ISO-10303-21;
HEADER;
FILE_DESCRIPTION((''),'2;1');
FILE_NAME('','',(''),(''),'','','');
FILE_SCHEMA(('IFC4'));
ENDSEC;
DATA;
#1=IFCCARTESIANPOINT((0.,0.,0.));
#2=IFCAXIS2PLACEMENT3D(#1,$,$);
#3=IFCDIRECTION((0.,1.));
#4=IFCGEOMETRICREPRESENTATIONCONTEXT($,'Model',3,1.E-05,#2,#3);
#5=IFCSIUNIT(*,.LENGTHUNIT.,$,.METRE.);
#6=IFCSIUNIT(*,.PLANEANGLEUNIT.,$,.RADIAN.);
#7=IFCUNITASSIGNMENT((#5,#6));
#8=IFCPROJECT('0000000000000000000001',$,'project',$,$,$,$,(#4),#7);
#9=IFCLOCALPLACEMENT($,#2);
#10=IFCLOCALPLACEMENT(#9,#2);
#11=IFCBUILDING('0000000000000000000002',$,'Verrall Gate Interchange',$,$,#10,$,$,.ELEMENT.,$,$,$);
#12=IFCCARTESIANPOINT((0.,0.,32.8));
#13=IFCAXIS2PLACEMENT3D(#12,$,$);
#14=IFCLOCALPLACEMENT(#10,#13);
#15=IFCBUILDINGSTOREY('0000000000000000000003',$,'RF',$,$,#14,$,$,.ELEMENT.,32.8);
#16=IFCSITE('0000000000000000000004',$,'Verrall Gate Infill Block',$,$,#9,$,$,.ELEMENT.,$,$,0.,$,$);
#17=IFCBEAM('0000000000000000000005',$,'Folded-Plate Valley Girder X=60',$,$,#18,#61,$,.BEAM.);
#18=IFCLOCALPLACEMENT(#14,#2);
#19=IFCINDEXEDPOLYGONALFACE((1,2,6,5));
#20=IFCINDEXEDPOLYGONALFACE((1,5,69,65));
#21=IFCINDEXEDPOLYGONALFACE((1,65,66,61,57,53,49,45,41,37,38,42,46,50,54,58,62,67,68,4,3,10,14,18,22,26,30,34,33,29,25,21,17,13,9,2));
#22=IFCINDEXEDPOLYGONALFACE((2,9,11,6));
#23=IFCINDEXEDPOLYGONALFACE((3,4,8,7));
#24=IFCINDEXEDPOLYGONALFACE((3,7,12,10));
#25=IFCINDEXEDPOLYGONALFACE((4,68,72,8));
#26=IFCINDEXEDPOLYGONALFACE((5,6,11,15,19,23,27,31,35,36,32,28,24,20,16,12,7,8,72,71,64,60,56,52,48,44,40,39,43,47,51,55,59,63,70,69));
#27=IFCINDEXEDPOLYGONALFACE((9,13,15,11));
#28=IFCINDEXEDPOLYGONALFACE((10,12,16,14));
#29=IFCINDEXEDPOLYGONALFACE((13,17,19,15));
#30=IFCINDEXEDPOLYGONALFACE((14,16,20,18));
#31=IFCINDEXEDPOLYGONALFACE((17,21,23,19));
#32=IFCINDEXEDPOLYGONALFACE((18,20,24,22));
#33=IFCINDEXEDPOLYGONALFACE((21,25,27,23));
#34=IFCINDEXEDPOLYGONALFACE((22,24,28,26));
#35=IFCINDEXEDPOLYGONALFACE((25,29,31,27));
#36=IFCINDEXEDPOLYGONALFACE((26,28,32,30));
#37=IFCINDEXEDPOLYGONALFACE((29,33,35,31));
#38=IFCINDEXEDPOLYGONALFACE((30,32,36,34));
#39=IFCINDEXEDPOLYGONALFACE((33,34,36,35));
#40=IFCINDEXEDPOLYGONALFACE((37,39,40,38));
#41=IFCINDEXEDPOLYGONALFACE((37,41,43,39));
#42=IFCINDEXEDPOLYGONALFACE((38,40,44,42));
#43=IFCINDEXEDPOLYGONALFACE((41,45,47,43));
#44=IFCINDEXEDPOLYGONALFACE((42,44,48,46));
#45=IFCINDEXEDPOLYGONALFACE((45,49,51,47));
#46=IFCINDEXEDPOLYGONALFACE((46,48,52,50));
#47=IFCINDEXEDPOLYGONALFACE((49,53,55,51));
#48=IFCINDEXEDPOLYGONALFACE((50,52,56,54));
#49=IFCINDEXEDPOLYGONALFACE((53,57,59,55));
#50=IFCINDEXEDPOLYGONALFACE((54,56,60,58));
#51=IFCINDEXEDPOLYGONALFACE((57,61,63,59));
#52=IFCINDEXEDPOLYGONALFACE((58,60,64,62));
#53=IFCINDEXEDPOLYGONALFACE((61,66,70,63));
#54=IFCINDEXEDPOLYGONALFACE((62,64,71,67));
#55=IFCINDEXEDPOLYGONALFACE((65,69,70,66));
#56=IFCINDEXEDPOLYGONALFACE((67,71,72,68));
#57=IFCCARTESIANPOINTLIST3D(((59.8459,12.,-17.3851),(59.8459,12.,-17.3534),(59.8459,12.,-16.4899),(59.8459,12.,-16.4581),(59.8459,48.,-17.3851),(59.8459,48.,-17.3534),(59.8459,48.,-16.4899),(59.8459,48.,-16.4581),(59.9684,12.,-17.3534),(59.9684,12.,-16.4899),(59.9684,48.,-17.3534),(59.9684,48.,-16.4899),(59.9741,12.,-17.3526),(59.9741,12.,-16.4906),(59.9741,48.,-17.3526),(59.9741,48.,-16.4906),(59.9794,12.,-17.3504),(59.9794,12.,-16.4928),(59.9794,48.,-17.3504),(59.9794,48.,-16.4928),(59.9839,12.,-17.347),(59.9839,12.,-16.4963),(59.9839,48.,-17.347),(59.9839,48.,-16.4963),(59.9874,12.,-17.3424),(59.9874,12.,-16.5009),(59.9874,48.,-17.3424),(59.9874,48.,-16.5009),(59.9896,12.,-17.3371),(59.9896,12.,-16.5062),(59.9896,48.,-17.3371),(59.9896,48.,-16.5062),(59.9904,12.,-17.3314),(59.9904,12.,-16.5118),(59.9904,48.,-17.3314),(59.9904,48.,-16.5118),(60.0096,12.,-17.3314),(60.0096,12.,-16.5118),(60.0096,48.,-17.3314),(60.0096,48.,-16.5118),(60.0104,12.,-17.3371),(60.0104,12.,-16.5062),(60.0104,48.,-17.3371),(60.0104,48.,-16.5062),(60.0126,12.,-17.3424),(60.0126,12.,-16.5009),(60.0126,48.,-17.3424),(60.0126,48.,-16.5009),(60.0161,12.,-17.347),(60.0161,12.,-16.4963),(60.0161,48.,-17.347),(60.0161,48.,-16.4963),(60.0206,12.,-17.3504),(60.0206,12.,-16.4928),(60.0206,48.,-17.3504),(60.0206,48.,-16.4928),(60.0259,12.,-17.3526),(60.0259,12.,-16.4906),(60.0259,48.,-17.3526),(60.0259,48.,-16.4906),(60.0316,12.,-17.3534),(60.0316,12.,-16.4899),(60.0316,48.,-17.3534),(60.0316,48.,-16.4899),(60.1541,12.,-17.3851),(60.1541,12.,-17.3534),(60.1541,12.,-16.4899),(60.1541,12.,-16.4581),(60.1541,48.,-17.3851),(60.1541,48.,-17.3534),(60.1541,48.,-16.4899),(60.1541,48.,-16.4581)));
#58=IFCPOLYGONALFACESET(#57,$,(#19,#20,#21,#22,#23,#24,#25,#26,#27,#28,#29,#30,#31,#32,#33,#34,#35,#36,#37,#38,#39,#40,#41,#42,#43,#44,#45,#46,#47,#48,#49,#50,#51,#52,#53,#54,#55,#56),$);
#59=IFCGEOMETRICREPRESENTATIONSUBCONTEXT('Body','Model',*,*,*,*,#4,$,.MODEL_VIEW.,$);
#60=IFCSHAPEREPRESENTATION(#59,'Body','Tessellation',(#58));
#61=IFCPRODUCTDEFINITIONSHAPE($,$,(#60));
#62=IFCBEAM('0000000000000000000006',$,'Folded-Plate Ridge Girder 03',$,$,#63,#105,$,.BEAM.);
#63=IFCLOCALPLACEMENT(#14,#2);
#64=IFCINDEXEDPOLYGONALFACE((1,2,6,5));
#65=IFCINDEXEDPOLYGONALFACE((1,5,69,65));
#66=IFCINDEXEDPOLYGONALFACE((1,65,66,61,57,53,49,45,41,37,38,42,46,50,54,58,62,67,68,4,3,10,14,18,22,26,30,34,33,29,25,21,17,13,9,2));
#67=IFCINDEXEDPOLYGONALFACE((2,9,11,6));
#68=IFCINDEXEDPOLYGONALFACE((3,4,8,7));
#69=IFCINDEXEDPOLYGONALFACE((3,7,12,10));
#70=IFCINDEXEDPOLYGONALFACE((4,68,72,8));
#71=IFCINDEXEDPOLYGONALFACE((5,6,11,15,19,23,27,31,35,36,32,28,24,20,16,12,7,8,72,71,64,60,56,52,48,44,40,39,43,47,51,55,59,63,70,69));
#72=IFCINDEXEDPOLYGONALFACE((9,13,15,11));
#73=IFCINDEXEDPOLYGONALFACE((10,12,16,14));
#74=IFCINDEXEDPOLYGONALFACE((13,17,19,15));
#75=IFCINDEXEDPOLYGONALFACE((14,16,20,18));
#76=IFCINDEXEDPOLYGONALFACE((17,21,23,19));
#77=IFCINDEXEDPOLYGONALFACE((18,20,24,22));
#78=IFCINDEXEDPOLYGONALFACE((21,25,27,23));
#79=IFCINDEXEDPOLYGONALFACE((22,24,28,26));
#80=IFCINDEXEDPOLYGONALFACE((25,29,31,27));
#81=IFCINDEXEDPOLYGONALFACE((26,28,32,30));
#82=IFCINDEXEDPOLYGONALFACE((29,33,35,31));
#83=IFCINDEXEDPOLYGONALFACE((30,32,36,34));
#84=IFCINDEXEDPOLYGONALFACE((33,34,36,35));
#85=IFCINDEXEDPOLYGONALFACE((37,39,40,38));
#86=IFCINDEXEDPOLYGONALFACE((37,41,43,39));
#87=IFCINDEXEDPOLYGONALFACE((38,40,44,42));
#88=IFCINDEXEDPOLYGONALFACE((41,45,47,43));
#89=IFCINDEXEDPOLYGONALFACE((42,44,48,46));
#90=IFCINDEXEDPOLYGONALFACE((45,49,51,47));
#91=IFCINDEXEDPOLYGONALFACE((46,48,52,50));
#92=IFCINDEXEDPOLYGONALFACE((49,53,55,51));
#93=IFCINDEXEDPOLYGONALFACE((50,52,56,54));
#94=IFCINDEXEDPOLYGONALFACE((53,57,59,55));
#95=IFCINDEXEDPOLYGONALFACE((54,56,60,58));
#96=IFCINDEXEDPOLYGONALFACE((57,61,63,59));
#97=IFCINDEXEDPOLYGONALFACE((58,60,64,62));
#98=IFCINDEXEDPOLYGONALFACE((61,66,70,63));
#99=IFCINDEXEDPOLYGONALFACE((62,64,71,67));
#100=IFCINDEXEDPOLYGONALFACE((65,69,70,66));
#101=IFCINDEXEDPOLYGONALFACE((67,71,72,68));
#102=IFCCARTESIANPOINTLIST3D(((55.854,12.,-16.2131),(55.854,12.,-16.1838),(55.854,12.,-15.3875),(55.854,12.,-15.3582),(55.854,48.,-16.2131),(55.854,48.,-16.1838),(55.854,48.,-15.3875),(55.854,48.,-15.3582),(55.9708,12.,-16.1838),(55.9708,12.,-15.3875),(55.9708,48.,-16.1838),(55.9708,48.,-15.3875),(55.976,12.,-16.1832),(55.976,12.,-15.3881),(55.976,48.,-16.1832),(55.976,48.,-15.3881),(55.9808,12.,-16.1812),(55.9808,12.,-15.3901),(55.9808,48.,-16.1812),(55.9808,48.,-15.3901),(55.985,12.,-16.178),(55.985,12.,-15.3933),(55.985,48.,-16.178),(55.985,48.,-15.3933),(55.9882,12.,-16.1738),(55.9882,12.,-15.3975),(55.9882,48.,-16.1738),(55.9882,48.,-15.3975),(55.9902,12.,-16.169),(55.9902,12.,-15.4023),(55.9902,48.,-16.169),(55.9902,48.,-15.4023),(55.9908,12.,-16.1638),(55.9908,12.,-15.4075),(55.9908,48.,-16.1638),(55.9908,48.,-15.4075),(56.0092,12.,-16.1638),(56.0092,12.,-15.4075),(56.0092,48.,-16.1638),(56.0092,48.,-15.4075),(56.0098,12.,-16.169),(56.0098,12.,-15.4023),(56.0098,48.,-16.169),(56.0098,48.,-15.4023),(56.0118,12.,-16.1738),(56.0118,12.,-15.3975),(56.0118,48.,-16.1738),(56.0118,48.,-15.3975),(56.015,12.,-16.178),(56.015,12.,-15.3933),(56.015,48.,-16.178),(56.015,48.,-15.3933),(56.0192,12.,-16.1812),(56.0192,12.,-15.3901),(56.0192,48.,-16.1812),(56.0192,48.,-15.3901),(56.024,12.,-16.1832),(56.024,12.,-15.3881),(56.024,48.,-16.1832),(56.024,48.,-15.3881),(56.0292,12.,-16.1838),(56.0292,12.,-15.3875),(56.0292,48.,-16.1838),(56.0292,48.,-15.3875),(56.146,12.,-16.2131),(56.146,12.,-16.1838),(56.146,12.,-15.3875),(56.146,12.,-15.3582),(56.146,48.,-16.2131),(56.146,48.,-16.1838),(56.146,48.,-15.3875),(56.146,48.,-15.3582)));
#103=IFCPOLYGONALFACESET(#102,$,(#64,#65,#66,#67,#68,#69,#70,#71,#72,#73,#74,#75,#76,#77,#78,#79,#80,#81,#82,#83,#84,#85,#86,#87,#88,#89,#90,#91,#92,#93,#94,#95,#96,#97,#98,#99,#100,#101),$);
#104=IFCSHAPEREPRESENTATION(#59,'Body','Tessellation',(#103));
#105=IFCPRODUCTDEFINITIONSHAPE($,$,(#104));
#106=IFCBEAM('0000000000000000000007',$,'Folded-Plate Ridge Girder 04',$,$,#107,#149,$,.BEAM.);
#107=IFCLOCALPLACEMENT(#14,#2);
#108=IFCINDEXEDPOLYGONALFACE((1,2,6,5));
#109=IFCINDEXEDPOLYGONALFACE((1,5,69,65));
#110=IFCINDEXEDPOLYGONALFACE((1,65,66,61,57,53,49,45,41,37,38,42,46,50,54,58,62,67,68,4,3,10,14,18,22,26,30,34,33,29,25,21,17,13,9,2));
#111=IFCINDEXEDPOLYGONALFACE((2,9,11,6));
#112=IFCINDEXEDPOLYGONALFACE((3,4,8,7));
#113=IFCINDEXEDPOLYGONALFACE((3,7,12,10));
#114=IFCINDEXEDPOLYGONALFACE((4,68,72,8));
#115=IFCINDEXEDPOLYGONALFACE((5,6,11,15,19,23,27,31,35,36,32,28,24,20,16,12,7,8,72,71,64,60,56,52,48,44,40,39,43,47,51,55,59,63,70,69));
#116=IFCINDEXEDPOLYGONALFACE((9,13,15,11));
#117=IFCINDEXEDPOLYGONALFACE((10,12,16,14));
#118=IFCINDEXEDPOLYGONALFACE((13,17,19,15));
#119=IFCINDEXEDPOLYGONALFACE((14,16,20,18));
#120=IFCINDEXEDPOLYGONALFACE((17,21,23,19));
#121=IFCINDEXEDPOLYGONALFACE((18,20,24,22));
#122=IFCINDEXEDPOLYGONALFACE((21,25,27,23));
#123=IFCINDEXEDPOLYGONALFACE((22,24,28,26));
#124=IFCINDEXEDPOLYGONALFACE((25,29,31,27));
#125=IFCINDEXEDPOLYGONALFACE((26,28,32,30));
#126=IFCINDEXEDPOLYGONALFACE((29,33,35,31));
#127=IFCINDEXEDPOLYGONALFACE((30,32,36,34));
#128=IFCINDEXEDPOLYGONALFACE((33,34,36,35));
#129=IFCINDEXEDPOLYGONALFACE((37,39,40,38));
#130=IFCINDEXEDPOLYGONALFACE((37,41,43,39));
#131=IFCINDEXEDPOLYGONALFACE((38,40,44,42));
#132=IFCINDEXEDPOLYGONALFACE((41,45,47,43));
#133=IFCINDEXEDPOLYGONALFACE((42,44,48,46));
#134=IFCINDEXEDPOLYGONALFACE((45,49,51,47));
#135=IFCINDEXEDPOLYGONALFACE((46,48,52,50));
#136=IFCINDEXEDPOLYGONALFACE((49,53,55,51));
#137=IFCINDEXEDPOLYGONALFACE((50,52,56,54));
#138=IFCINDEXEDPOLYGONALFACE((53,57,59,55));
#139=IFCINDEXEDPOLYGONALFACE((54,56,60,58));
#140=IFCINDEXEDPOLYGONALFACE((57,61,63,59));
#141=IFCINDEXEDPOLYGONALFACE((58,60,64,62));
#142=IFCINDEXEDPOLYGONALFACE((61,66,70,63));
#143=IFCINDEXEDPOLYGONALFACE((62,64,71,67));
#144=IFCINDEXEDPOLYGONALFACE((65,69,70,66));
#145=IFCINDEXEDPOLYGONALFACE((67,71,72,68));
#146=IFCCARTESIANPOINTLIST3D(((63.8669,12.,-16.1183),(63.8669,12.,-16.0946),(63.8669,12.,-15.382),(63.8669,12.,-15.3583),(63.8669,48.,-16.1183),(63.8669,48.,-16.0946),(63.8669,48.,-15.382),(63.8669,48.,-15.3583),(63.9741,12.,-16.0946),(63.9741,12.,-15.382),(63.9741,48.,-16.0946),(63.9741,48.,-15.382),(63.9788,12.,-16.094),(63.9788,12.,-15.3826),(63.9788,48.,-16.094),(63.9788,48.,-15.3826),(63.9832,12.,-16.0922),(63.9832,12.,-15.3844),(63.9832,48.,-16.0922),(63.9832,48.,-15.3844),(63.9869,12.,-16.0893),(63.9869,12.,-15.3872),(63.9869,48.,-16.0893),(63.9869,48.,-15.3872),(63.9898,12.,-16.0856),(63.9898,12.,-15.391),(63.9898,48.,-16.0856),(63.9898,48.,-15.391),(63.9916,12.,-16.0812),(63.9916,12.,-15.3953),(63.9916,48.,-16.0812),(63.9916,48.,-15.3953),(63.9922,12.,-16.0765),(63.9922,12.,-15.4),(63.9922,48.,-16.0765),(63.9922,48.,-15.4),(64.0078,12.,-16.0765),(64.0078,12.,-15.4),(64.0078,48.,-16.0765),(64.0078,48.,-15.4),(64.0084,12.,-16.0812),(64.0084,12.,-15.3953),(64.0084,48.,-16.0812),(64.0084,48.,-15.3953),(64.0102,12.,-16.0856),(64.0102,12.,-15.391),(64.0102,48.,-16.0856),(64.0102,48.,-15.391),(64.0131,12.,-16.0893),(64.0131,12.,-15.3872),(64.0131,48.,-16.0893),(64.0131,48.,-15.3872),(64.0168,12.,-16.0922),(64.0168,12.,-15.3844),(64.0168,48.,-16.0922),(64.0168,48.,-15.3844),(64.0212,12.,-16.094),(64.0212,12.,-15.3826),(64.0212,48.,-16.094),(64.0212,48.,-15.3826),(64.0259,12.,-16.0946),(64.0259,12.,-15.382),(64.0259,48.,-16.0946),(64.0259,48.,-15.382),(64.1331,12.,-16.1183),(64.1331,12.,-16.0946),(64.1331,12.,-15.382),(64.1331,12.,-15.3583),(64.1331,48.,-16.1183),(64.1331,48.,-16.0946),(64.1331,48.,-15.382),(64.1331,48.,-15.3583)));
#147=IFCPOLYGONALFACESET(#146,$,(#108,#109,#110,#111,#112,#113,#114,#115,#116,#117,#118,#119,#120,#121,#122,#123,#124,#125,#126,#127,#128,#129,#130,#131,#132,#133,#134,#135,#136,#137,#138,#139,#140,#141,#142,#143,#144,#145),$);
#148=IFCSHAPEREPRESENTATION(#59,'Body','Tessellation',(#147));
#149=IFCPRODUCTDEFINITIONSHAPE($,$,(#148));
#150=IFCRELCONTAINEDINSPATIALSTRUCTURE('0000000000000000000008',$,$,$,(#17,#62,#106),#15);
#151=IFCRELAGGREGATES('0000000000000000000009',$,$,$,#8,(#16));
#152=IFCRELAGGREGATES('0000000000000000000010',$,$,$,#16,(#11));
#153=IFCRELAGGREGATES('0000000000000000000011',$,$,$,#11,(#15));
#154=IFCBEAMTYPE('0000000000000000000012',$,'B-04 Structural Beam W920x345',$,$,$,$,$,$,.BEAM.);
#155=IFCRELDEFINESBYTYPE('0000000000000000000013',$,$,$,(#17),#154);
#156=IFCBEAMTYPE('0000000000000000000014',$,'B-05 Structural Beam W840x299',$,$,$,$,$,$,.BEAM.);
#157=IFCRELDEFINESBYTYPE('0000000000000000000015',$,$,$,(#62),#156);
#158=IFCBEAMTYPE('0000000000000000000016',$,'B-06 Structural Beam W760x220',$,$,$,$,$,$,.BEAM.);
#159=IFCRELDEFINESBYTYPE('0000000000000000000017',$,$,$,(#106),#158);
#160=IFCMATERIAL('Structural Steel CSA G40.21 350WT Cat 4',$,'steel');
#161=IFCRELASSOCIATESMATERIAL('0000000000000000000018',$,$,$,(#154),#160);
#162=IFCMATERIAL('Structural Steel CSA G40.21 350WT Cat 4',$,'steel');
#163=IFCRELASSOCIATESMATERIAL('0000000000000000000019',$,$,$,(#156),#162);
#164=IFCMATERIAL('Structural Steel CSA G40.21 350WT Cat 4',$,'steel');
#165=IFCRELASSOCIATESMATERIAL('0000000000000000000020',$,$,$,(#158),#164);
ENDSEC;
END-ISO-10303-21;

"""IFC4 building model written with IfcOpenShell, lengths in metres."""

from ifc_helpers import new_model, si_unit, direction, frame, origin, origin_2d, place, context, subcontext, project, spatial, i_section, extrude, material, material_profile, profile_set, type_object, element, save


model = new_model("IFC4")

# Units and contexts
model_context = context("Model", 3, precision=1e-05, world=origin(), true_north=direction((0.0, 1.0)))
body_context = subcontext(model_context, "Body", "Model", "MODEL_VIEW")
ifc_project = project(units=[si_unit("LENGTHUNIT", "METRE"), si_unit("PLANEANGLEUNIT", "RADIAN")], contexts=[model_context])

# Site, building, storey
site_placement = place(None, origin())
site = spatial("IfcSite", under=ifc_project, at=site_placement, Name="Verrall Gate Infill Block", CompositionType="ELEMENT", RefElevation=0.0)
building_placement = place(site_placement, origin())
building = spatial("IfcBuilding", under=site, at=building_placement, Name="Verrall Gate Interchange", CompositionType="ELEMENT")
storey_placement = place(building_placement, frame((0.0, 0.0, 32.8)))
storey = spatial("IfcBuildingStorey", under=building, at=storey_placement, Name="RF", CompositionType="ELEMENT", Elevation=32.8)

# Beams
ifc_material_1 = material(Name="Structural Steel CSA G40.21 350WT Cat 4", Category="steel")
ifc_material_profile_1 = material_profile(ifc_material_1, i_section(OverallWidth=0.3081, OverallDepth=0.927, WebThickness=0.0193, FlangeThickness=0.0317, FilletRadius=0.022, at=origin_2d()), Name="W920x345")
ifc_profile_set_1 = profile_set([ifc_material_profile_1], Name="Structural Steel CSA G40.21 350WT Cat 4")
beam_type_1 = type_object("IfcBeamType", Name="B-04 Structural Beam W920x345", PredefinedType="BEAM", material=ifc_profile_set_1)
beam_1_placement = place(storey_placement, frame((60.0, 12.0, -16.9216), z_axis=(0.0, 1.0, 0.0), x_axis=(-1.0, 0.0, 0.0)))
element("IfcBeam", 1, at=beam_1_placement, inside=storey, type_object=beam_type_1, Name="Folded-Plate Valley Girder X=60", PredefinedType="BEAM", context=body_context, shape_type="SweptSolid", body=[
    extrude(i_section(OverallWidth=0.3081, OverallDepth=0.927, WebThickness=0.0193, FlangeThickness=0.0317, FilletRadius=0.022, at=origin_2d()), origin(), (0.0, 0.0, 1.0), 36.0),
])
ifc_material_2 = material(Name="Structural Steel CSA G40.21 350WT Cat 4", Category="steel")
ifc_material_profile_2 = material_profile(ifc_material_2, i_section(OverallWidth=0.292, OverallDepth=0.855, WebThickness=0.0183, FlangeThickness=0.0293, FilletRadius=0.02, at=origin_2d()), Name="W840x299")
ifc_profile_set_2 = profile_set([ifc_material_profile_2], Name="Structural Steel CSA G40.21 350WT Cat 4")
beam_type_2 = type_object("IfcBeamType", Name="B-05 Structural Beam W840x299", PredefinedType="BEAM", material=ifc_profile_set_2)
beam_2_placement = place(storey_placement, frame((56.0, 12.0, -15.7856), z_axis=(0.0, 1.0, 0.0), x_axis=(-1.0, 0.0, 0.0)))
element("IfcBeam", 2, at=beam_2_placement, inside=storey, type_object=beam_type_2, Name="Folded-Plate Ridge Girder 03", PredefinedType="BEAM", context=body_context, shape_type="SweptSolid", body=[
    extrude(i_section(OverallWidth=0.292, OverallDepth=0.855, WebThickness=0.0183, FlangeThickness=0.0293, FilletRadius=0.02, at=origin_2d()), origin(), (0.0, 0.0, 1.0), 36.0),
])
ifc_material_3 = material(Name="Structural Steel CSA G40.21 350WT Cat 4", Category="steel")
ifc_material_profile_3 = material_profile(ifc_material_3, i_section(OverallWidth=0.2661, OverallDepth=0.76, WebThickness=0.0156, FlangeThickness=0.0237, FilletRadius=0.0181, at=origin_2d()), Name="W760x220")
ifc_profile_set_3 = profile_set([ifc_material_profile_3], Name="Structural Steel CSA G40.21 350WT Cat 4")
beam_type_3 = type_object("IfcBeamType", Name="B-06 Structural Beam W760x220", PredefinedType="BEAM", material=ifc_profile_set_3)
beam_3_placement = place(storey_placement, frame((64.0, 12.0, -15.7383), z_axis=(0.0, 1.0, 0.0), x_axis=(-1.0, 0.0, 0.0)))
element("IfcBeam", 3, at=beam_3_placement, inside=storey, type_object=beam_type_3, Name="Folded-Plate Ridge Girder 04", PredefinedType="BEAM", context=body_context, shape_type="SweptSolid", body=[
    extrude(i_section(OverallWidth=0.2661, OverallDepth=0.76, WebThickness=0.0156, FlangeThickness=0.0237, FilletRadius=0.0181, at=origin_2d()), origin(), (0.0, 0.0, 1.0), 36.0),
])

save(model, "model.ifc")
